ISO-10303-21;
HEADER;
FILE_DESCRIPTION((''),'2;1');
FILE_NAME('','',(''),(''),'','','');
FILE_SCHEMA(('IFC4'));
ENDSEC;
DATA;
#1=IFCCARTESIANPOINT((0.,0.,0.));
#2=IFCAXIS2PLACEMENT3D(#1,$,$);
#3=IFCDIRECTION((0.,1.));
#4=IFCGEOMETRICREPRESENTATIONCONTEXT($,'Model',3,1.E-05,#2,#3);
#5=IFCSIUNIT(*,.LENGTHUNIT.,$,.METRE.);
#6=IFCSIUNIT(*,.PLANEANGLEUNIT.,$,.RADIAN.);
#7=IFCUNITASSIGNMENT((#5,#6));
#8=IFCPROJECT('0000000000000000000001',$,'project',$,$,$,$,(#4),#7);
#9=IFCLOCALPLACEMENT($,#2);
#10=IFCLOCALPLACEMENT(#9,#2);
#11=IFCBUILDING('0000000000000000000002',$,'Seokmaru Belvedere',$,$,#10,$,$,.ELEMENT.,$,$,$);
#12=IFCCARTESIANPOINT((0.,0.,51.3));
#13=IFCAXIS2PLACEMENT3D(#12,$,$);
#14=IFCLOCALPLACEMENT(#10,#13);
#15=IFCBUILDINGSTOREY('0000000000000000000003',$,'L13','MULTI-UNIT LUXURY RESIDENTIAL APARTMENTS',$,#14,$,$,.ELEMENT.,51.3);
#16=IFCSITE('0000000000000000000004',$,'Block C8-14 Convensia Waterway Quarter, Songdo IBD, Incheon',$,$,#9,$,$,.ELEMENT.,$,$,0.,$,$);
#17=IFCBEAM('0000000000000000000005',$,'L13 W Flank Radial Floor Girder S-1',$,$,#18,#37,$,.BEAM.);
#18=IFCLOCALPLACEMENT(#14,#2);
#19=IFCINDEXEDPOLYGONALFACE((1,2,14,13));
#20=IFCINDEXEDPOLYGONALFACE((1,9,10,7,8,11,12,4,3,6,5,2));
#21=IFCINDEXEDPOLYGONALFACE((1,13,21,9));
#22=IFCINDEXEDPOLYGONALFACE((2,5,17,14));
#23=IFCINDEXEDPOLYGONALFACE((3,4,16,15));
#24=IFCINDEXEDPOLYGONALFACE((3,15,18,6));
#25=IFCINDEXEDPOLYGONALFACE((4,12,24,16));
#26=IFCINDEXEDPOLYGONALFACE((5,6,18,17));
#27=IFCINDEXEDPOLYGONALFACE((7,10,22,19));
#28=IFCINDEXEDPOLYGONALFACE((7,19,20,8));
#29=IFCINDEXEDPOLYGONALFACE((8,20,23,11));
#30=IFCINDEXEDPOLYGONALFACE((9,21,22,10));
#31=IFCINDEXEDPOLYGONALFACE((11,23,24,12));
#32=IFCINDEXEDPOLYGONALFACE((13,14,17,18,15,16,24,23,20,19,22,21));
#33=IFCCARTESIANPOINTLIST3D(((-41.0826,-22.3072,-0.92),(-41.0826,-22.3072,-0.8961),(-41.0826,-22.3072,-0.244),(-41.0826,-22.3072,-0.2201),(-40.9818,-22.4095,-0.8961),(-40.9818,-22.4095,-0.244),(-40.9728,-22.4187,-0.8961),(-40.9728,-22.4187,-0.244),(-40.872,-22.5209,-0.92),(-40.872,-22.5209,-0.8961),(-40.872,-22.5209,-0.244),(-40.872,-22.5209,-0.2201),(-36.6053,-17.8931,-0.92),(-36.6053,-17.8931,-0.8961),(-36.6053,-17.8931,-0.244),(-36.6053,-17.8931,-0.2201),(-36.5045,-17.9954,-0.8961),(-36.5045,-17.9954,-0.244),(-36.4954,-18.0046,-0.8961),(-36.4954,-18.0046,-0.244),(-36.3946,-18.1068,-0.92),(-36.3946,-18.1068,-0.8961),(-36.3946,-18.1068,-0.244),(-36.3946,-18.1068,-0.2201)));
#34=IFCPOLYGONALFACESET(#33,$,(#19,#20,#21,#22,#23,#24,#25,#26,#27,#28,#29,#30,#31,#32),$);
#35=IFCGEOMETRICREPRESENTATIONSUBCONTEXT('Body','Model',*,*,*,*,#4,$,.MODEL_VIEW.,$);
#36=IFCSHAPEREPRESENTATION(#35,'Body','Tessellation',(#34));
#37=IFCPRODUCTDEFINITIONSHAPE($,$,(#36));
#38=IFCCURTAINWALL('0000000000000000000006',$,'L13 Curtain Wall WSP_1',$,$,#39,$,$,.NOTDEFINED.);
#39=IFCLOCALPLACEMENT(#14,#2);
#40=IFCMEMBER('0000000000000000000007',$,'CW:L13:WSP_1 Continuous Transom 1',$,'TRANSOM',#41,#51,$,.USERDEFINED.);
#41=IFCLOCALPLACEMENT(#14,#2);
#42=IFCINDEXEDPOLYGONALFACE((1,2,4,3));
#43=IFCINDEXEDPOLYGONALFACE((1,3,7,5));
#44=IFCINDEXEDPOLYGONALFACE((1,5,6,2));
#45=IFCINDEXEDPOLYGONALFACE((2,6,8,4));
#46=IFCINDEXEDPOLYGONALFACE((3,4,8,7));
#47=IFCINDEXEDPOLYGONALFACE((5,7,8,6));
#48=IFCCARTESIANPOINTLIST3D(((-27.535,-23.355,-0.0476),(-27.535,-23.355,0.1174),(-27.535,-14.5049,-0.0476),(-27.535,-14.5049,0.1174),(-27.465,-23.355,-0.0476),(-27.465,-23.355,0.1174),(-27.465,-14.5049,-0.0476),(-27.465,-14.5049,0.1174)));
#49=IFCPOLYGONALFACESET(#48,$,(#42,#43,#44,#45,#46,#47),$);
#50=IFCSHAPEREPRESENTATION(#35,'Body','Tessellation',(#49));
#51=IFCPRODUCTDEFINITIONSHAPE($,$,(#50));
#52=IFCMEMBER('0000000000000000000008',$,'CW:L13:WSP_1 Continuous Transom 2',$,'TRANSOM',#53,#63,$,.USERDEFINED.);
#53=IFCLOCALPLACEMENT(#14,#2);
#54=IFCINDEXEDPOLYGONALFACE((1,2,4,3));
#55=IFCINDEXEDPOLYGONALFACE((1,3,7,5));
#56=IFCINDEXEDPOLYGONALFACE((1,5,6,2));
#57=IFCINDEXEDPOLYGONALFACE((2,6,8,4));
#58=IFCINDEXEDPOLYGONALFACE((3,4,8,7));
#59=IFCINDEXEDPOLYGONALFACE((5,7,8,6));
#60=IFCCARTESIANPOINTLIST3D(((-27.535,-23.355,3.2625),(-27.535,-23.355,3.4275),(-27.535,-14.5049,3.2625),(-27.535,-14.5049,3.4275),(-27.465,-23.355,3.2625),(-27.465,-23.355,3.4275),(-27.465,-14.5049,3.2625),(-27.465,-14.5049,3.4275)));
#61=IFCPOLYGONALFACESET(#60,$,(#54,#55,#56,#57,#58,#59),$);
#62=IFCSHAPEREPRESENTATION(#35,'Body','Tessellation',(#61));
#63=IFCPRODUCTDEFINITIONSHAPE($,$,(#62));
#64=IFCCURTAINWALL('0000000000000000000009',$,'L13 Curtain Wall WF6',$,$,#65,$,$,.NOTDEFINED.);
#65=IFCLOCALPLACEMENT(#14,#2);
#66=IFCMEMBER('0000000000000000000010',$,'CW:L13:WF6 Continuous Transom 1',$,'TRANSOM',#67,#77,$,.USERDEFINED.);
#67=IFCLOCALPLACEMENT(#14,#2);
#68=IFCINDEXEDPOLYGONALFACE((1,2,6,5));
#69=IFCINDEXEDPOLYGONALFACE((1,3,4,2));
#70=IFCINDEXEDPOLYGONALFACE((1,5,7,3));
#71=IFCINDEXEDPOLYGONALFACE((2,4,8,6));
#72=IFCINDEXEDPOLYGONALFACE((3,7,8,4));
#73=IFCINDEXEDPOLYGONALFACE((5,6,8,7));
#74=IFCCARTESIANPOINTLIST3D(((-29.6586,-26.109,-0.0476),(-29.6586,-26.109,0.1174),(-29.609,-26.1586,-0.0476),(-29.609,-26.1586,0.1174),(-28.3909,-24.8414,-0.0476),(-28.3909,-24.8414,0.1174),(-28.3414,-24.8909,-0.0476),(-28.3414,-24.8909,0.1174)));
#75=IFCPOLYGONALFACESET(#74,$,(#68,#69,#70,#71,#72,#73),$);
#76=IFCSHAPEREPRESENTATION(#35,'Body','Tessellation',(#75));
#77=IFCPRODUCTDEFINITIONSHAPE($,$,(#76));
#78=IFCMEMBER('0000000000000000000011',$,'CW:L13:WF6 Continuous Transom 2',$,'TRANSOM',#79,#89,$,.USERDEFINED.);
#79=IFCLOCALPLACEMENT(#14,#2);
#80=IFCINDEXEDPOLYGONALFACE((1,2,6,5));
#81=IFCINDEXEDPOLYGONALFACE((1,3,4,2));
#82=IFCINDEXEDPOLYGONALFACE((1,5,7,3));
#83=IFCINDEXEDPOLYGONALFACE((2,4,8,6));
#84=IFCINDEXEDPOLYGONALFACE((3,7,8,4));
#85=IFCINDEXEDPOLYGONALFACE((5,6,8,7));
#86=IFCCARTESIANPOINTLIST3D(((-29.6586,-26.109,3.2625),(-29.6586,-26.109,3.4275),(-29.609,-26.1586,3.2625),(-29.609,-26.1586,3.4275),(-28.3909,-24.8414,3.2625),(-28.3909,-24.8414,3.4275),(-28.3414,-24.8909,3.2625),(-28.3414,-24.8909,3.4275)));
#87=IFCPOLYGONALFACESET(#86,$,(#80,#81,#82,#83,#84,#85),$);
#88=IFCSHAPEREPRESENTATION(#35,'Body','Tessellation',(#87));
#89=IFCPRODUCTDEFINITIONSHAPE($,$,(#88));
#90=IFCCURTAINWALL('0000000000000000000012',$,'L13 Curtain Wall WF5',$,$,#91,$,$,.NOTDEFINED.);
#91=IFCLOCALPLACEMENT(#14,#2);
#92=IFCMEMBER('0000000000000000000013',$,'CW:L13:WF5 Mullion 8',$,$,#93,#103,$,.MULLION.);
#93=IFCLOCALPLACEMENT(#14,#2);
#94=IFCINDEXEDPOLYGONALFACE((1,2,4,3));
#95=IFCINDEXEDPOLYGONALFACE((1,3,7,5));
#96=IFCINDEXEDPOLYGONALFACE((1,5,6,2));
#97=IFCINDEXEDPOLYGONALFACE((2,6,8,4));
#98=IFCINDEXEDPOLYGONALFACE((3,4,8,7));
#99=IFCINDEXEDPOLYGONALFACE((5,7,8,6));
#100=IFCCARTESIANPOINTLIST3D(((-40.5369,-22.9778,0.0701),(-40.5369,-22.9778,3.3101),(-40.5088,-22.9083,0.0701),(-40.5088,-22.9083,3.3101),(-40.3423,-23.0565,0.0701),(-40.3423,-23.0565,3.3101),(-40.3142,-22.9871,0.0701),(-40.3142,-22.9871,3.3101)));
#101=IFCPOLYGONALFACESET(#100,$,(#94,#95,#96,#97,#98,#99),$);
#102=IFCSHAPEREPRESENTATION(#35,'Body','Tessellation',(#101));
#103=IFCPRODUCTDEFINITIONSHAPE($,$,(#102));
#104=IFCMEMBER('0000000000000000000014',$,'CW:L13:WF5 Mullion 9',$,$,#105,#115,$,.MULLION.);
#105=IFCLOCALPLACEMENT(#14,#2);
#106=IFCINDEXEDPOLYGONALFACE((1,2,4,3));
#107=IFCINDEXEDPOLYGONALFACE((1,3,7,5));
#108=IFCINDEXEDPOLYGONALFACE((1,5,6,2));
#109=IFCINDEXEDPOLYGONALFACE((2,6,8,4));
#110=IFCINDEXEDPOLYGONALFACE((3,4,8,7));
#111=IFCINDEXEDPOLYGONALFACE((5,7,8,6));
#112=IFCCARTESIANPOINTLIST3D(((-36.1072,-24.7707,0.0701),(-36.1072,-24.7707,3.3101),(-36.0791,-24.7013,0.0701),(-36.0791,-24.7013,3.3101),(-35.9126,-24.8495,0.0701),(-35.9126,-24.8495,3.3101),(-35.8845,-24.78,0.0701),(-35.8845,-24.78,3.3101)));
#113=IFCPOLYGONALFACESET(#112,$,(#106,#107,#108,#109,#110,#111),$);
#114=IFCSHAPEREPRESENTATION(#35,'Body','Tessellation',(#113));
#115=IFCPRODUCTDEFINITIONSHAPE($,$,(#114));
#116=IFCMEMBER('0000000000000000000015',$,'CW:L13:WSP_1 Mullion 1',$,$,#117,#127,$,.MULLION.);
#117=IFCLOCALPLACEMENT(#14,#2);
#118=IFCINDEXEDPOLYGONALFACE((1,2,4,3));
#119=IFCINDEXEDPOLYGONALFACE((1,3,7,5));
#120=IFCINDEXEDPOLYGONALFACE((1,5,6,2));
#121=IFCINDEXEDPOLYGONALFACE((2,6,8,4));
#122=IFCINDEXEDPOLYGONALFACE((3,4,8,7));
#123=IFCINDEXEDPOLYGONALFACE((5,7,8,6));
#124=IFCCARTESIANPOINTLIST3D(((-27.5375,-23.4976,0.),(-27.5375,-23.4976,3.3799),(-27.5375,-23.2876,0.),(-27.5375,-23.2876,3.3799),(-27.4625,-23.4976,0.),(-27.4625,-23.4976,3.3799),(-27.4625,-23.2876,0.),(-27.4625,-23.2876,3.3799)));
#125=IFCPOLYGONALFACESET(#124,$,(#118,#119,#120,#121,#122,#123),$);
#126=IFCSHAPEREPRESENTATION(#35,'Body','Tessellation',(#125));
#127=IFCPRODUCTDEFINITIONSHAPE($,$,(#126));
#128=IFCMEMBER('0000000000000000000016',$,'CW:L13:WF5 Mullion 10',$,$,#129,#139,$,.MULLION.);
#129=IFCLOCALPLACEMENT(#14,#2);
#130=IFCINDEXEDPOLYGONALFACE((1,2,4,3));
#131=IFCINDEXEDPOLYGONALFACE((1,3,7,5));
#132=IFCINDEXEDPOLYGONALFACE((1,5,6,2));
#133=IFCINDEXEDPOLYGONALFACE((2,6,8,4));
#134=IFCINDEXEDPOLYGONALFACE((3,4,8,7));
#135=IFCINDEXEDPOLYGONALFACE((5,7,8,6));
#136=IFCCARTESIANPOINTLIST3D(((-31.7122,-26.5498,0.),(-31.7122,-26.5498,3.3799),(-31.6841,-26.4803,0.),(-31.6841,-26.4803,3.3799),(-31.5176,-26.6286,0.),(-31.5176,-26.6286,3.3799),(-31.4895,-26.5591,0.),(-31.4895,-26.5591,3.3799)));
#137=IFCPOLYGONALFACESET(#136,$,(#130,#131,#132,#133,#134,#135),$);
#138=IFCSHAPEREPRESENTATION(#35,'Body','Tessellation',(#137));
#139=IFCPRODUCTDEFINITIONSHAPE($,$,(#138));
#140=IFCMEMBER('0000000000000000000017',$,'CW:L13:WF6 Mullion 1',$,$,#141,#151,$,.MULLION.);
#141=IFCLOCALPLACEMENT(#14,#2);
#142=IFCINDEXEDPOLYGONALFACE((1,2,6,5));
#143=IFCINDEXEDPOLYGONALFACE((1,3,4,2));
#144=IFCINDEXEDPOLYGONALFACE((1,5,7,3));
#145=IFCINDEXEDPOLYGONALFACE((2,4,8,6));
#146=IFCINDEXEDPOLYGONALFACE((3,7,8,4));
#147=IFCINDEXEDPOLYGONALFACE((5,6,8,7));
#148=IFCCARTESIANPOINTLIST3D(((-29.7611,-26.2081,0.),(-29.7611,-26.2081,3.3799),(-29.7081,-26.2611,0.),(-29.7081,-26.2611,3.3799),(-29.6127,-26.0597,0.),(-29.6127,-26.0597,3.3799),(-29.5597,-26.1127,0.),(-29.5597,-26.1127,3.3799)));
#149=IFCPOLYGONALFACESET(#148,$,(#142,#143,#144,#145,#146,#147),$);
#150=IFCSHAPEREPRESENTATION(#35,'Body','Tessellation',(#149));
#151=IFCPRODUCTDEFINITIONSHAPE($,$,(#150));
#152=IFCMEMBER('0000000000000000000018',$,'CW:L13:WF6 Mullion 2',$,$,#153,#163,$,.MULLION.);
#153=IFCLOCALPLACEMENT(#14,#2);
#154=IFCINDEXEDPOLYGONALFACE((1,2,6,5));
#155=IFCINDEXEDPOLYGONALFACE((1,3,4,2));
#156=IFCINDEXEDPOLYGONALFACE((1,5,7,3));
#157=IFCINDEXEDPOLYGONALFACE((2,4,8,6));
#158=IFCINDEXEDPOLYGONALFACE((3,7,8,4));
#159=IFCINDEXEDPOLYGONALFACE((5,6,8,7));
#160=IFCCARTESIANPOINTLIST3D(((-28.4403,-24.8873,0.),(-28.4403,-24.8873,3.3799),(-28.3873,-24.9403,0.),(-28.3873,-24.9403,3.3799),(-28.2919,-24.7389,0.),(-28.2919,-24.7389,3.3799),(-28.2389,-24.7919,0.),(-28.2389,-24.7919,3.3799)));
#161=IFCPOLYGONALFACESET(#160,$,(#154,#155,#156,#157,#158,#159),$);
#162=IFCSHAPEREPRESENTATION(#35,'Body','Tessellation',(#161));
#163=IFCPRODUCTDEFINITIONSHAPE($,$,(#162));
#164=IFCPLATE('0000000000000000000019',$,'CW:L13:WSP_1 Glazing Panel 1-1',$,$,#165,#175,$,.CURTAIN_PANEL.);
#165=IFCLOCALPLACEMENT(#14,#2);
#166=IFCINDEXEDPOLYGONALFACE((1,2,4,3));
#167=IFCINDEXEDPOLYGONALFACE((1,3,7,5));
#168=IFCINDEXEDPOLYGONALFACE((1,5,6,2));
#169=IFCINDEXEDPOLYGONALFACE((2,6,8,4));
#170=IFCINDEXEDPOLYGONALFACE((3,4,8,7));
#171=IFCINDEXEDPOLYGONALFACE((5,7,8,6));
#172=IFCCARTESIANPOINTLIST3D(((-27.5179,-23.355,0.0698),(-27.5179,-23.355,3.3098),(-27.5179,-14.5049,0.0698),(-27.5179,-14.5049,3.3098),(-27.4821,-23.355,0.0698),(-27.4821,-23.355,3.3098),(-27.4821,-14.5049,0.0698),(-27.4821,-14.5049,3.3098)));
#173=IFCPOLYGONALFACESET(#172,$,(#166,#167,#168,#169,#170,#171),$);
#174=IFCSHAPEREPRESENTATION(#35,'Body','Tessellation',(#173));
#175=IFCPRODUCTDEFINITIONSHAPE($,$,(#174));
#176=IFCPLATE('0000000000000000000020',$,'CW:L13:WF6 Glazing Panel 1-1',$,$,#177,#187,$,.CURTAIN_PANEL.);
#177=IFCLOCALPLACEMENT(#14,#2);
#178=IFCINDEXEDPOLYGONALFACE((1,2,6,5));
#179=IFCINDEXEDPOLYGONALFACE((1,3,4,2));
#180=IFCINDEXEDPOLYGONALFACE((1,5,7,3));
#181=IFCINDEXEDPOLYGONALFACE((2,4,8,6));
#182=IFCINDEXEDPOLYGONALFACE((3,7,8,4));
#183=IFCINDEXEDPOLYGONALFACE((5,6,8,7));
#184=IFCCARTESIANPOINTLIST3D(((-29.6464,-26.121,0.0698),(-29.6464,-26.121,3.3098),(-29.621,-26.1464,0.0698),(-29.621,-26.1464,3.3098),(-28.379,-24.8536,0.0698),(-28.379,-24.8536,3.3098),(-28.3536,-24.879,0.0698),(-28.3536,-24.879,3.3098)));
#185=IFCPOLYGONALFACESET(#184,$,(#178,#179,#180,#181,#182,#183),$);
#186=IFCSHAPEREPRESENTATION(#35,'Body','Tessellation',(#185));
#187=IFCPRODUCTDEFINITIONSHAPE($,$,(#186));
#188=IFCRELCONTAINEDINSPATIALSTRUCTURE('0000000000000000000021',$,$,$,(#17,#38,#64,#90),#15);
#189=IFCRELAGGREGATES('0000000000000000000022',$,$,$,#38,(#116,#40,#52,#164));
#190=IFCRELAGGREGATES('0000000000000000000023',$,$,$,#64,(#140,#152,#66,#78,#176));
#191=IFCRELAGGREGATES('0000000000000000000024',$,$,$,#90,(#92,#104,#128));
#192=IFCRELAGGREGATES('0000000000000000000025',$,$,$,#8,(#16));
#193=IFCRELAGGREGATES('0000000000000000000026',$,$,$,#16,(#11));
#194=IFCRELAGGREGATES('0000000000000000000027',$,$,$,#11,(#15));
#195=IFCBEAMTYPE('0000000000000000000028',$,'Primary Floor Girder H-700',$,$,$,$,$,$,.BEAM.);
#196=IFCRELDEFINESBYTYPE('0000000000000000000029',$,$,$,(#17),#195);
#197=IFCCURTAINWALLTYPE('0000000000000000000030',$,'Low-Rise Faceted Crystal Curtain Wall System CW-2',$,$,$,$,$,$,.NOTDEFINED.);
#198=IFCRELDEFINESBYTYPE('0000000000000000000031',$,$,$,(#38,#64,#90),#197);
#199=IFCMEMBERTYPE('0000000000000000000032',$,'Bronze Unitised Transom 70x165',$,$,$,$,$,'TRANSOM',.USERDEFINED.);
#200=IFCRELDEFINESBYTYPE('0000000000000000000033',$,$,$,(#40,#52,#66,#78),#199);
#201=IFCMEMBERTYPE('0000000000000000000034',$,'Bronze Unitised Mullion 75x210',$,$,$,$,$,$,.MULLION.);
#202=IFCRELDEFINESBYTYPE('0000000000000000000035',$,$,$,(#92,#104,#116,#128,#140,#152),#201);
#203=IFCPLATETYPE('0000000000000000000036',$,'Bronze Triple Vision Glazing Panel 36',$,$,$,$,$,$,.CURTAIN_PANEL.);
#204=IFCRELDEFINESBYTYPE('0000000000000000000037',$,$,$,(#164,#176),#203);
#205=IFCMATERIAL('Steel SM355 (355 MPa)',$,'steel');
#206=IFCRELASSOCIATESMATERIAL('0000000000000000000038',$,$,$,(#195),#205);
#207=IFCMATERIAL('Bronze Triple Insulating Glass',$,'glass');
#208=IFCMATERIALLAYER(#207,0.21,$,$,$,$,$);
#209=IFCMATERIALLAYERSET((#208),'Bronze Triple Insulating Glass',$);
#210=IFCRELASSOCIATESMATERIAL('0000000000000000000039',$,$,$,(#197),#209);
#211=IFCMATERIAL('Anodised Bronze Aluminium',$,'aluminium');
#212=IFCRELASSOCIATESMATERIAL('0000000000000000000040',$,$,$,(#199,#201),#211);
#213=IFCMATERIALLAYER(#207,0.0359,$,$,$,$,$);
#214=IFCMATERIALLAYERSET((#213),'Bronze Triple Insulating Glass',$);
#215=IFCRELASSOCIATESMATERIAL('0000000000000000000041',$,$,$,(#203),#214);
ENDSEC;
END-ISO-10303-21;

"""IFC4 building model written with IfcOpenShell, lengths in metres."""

from ifc_helpers import new_model, si_unit, direction, frame, origin, origin_2d, place, context, subcontext, project, spatial, rectangle, i_section, extrude, source, transform, mapped, material, layer, layer_set, material_profile, profile_set, type_object, type_shapes, element, aggregate, save


model = new_model("IFC4")

# Units and contexts
model_context = context("Model", 3, precision=1e-05, world=origin(), true_north=direction((0.0, 1.0)))
body_context = subcontext(model_context, "Body", "Model", "MODEL_VIEW")
ifc_project = project(units=[si_unit("LENGTHUNIT", "METRE"), si_unit("PLANEANGLEUNIT", "RADIAN")], contexts=[model_context])

# Site, building, storey
site_placement = place(None, origin())
site = spatial("IfcSite", under=ifc_project, at=site_placement, Name="Block C8-14 Convensia Waterway Quarter, Songdo IBD, Incheon", CompositionType="ELEMENT", RefElevation=0.0)
building_placement = place(site_placement, origin())
building = spatial("IfcBuilding", under=site, at=building_placement, Name="Seokmaru Belvedere", CompositionType="ELEMENT")
storey_placement = place(building_placement, frame((0.0, 0.0, 51.3)))
storey = spatial("IfcBuildingStorey", under=building, at=storey_placement, Name="L13", Description="MULTI-UNIT LUXURY RESIDENTIAL APARTMENTS", CompositionType="ELEMENT", Elevation=51.3)

# Shared definitions
ifc_material_1 = material(Name="Steel SM355 (355 MPa)", Category="steel")

# Beam
ifc_material_profile_1 = material_profile(ifc_material_1, i_section(OverallWidth=0.3, OverallDepth=0.7, WebThickness=0.0129, FlangeThickness=0.0239, at=origin_2d()), Name="H-700x300x13x24")
ifc_profile_set_1 = profile_set([ifc_material_profile_1], Name="Steel SM355 (355 MPa)")
beam_type_1 = type_object("IfcBeamType", Name="Primary Floor Girder H-700", PredefinedType="BEAM", material=ifc_profile_set_1)
shared_shape_1 = source(origin(), body_context, "Body", "SweptSolid", [
    extrude(i_section(OverallWidth=0.3, OverallDepth=0.7, WebThickness=0.0129, FlangeThickness=0.0239, at=origin_2d()), origin(), (0.0, 0.0, 1.0), 6.2874),
])
beam_1_placement = place(storey_placement, frame((-40.9773, -22.4141, -0.5701), z_axis=(0.712117, 0.70206, 0.0), x_axis=(-0.70206, 0.712117, 0.0)))
element("IfcBeam", 1, at=beam_1_placement, inside=storey, type_object=beam_type_1, Name="L13 W Flank Radial Floor Girder S-1", PredefinedType="BEAM", context=body_context, shape_type="MappedRepresentation", body=[
    mapped(shared_shape_1, transform((0.0, 0.0, 0.0), scale=1.0)),
])

# Curtain walls, members
ifc_material_2 = material(Name="Bronze Triple Insulating Glass", Category="glass")
ifc_layer_1 = layer(ifc_material_2, 0.21)
ifc_layer_set_1 = layer_set([ifc_layer_1], Name="Bronze Triple Insulating Glass")
curtain_wall_type = type_object("IfcCurtainWallType", Name="Low-Rise Faceted Crystal Curtain Wall System CW-2", PredefinedType="NOTDEFINED", material=ifc_layer_set_1)
curtain_wall_1_placement = place(storey_placement, origin())
curtain_wall_1 = element("IfcCurtainWall", 2, at=curtain_wall_1_placement, inside=storey, type_object=curtain_wall_type, Name="L13 Curtain Wall WSP_1", PredefinedType="NOTDEFINED")
ifc_material_3 = material(Name="Anodised Bronze Aluminium", Category="aluminium")
ifc_material_profile_2 = material_profile(ifc_material_3, rectangle(XDim=0.0701, YDim=0.165, at=origin_2d()), Name="CW-T-70x165")
ifc_profile_set_2 = profile_set([ifc_material_profile_2], Name="Anodised Bronze Aluminium")
member_type_1 = type_object("IfcMemberType", Name="Bronze Unitised Transom 70x165", ElementType="TRANSOM", PredefinedType="USERDEFINED", material=ifc_profile_set_2)
shared_shape_2 = source(origin(), body_context, "Body", "SweptSolid", [
    extrude(rectangle(XDim=0.0701, YDim=0.165, at=origin_2d()), origin(), (0.0, 0.0, 1.0), 8.8501),
])
member_1_placement = place(storey_placement, frame((-27.5, -23.355, 0.0349), z_axis=(0.0, 1.0, 0.0), x_axis=(-1.0, 0.0, 0.0)))
member_1 = element("IfcMember", 3, at=member_1_placement, type_object=member_type_1, Name="CW:L13:WSP_1 Continuous Transom 1", ObjectType="TRANSOM", PredefinedType="USERDEFINED", context=body_context, shape_type="MappedRepresentation", body=[
    mapped(shared_shape_2, transform((0.0, 0.0, 0.0), scale=1.0)),
])
member_2_placement = place(storey_placement, frame((-27.5, -23.355, 3.345), z_axis=(0.0, 1.0, 0.0), x_axis=(-1.0, 0.0, 0.0)))
member_2 = element("IfcMember", 4, at=member_2_placement, type_object=member_type_1, Name="CW:L13:WSP_1 Continuous Transom 2", ObjectType="TRANSOM", PredefinedType="USERDEFINED", context=body_context, shape_type="MappedRepresentation", body=[
    mapped(shared_shape_2, transform((0.0, 0.0, 0.0), scale=1.0)),
])
curtain_wall_2_placement = place(storey_placement, origin())
curtain_wall_2 = element("IfcCurtainWall", 5, at=curtain_wall_2_placement, inside=storey, type_object=curtain_wall_type, Name="L13 Curtain Wall WF6", PredefinedType="NOTDEFINED")
shared_shape_3 = source(origin(), body_context, "Body", "SweptSolid", [
    extrude(rectangle(XDim=0.0701, YDim=0.165, at=origin_2d()), origin(), (0.0, 0.0, 1.0), 1.7927),
])
type_shapes(member_type_1, [shared_shape_2, shared_shape_3])
member_3_placement = place(storey_placement, frame((-29.6338, -26.1338, 0.0349), z_axis=(0.707107, 0.707107, 0.0), x_axis=(-0.707107, 0.707107, 0.0)))
member_3 = element("IfcMember", 6, at=member_3_placement, type_object=member_type_1, Name="CW:L13:WF6 Continuous Transom 1", ObjectType="TRANSOM", PredefinedType="USERDEFINED", context=body_context, shape_type="MappedRepresentation", body=[
    mapped(shared_shape_3, transform((0.0, 0.0, 0.0), scale=1.0)),
])
member_4_placement = place(storey_placement, frame((-29.6338, -26.1338, 3.345), z_axis=(0.707107, 0.707107, 0.0), x_axis=(-0.707107, 0.707107, 0.0)))
member_4 = element("IfcMember", 7, at=member_4_placement, type_object=member_type_1, Name="CW:L13:WF6 Continuous Transom 2", ObjectType="TRANSOM", PredefinedType="USERDEFINED", context=body_context, shape_type="MappedRepresentation", body=[
    mapped(shared_shape_3, transform((0.0, 0.0, 0.0), scale=1.0)),
])
curtain_wall_3_placement = place(storey_placement, origin())
curtain_wall_3 = element("IfcCurtainWall", 8, at=curtain_wall_3_placement, inside=storey, type_object=curtain_wall_type, Name="L13 Curtain Wall WF5", PredefinedType="NOTDEFINED")
ifc_material_profile_3 = material_profile(ifc_material_3, rectangle(XDim=0.075, YDim=0.21, at=origin_2d()), Name="CW-M-75x210")
ifc_profile_set_3 = profile_set([ifc_material_profile_3], Name="Anodised Bronze Aluminium")
member_type_2 = type_object("IfcMemberType", Name="Bronze Unitised Mullion 75x210", PredefinedType="MULLION", material=ifc_profile_set_3)
shared_shape_4 = source(origin(), body_context, "Body", "SweptSolid", [
    extrude(rectangle(XDim=0.075, YDim=0.21, at=origin_2d()), origin(), (0.0, 0.0, 1.0), 3.24),
])
member_5_placement = place(storey_placement, frame((-40.4255, -22.9824, 0.0701), z_axis=(0.0, 0.0, 1.0), x_axis=(0.375192, 0.926947, 0.0)))
member_5 = element("IfcMember", 9, at=member_5_placement, type_object=member_type_2, Name="CW:L13:WF5 Mullion 8", PredefinedType="MULLION", context=body_context, shape_type="MappedRepresentation", body=[
    mapped(shared_shape_4, transform((0.0, 0.0, 0.0), scale=1.0)),
])
member_6_placement = place(storey_placement, frame((-35.9958, -24.7754, 0.0701), z_axis=(0.0, 0.0, 1.0), x_axis=(0.375192, 0.926947, 0.0)))
member_6 = element("IfcMember", 10, at=member_6_placement, type_object=member_type_2, Name="CW:L13:WF5 Mullion 9", PredefinedType="MULLION", context=body_context, shape_type="MappedRepresentation", body=[
    mapped(shared_shape_4, transform((0.0, 0.0, 0.0), scale=1.0)),
])

# Members
shared_shape_5 = source(origin(), body_context, "Body", "SweptSolid", [
    extrude(rectangle(XDim=0.075, YDim=0.21, at=origin_2d()), origin(), (0.0, 0.0, 1.0), 3.3799),
])
type_shapes(member_type_2, [shared_shape_4, shared_shape_5])
member_7_placement = place(storey_placement, frame((-27.5, -23.3926, 0.0), z_axis=(0.0, 0.0, 1.0), x_axis=(-1.0, 0.0, 0.0)))
member_7 = element("IfcMember", 11, at=member_7_placement, type_object=member_type_2, Name="CW:L13:WSP_1 Mullion 1", PredefinedType="MULLION", context=body_context, shape_type="MappedRepresentation", body=[
    mapped(shared_shape_5, transform((0.0, 0.0, 0.0), scale=1.0)),
])
member_8_placement = place(storey_placement, frame((-31.6008, -26.5544, 0.0), z_axis=(0.0, 0.0, 1.0), x_axis=(0.375192, 0.926947, 0.0)))
member_8 = element("IfcMember", 12, at=member_8_placement, type_object=member_type_2, Name="CW:L13:WF5 Mullion 10", PredefinedType="MULLION", context=body_context, shape_type="MappedRepresentation", body=[
    mapped(shared_shape_5, transform((0.0, 0.0, 0.0), scale=1.0)),
])
member_9_placement = place(storey_placement, frame((-29.6604, -26.1604, 0.0), z_axis=(0.0, 0.0, 1.0), x_axis=(-0.707107, 0.707107, 0.0)))
member_9 = element("IfcMember", 13, at=member_9_placement, type_object=member_type_2, Name="CW:L13:WF6 Mullion 1", PredefinedType="MULLION", context=body_context, shape_type="MappedRepresentation", body=[
    mapped(shared_shape_5, transform((0.0, 0.0, 0.0), scale=1.0)),
])
member_10_placement = place(storey_placement, frame((-28.3396, -24.8396, 0.0), z_axis=(0.0, 0.0, 1.0), x_axis=(-0.707107, 0.707107, 0.0)))
member_10 = element("IfcMember", 14, at=member_10_placement, type_object=member_type_2, Name="CW:L13:WF6 Mullion 2", PredefinedType="MULLION", context=body_context, shape_type="MappedRepresentation", body=[
    mapped(shared_shape_5, transform((0.0, 0.0, 0.0), scale=1.0)),
])

# Plates
ifc_layer_2 = layer(ifc_material_2, 0.0359)
ifc_layer_set_2 = layer_set([ifc_layer_2], Name="Bronze Triple Insulating Glass")
plate_type = type_object("IfcPlateType", Name="Bronze Triple Vision Glazing Panel 36", PredefinedType="CURTAIN_PANEL", material=ifc_layer_set_2)
shared_shape_6 = source(origin(), body_context, "Body", "SweptSolid", [
    extrude(rectangle(XDim=8.8501, YDim=0.0359, at=origin_2d()), origin(), (0.0, 0.0, 1.0), 3.24),
])
plate_1_placement = place(storey_placement, frame((-27.5, -18.9299, 0.0698), z_axis=(0.0, 0.0, 1.0), x_axis=(0.0, 1.0, 0.0)))
plate_1 = element("IfcPlate", 15, at=plate_1_placement, type_object=plate_type, Name="CW:L13:WSP_1 Glazing Panel 1-1", PredefinedType="CURTAIN_PANEL", context=body_context, shape_type="MappedRepresentation", body=[
    mapped(shared_shape_6, transform((0.0, 0.0, 0.0), scale=1.0)),
])
aggregate(curtain_wall_1, [member_7, member_1, member_2, plate_1])
shared_shape_7 = source(origin(), body_context, "Body", "SweptSolid", [
    extrude(rectangle(XDim=1.7925, YDim=0.0359, at=origin_2d()), origin(), (0.0, 0.0, 1.0), 3.24),
])
plate_2_placement = place(storey_placement, frame((-29.0, -25.5, 0.0698), z_axis=(0.0, 0.0, 1.0), x_axis=(0.707107, 0.707107, 0.0)))
plate_2 = element("IfcPlate", 16, at=plate_2_placement, type_object=plate_type, Name="CW:L13:WF6 Glazing Panel 1-1", PredefinedType="CURTAIN_PANEL", context=body_context, shape_type="MappedRepresentation", body=[
    mapped(shared_shape_7, transform((0.0, 0.0, 0.0), scale=1.0)),
])
aggregate(curtain_wall_2, [member_9, member_10, member_3, member_4, plate_2])
aggregate(curtain_wall_3, [member_5, member_6, member_8])

save(model, "model.ifc")
